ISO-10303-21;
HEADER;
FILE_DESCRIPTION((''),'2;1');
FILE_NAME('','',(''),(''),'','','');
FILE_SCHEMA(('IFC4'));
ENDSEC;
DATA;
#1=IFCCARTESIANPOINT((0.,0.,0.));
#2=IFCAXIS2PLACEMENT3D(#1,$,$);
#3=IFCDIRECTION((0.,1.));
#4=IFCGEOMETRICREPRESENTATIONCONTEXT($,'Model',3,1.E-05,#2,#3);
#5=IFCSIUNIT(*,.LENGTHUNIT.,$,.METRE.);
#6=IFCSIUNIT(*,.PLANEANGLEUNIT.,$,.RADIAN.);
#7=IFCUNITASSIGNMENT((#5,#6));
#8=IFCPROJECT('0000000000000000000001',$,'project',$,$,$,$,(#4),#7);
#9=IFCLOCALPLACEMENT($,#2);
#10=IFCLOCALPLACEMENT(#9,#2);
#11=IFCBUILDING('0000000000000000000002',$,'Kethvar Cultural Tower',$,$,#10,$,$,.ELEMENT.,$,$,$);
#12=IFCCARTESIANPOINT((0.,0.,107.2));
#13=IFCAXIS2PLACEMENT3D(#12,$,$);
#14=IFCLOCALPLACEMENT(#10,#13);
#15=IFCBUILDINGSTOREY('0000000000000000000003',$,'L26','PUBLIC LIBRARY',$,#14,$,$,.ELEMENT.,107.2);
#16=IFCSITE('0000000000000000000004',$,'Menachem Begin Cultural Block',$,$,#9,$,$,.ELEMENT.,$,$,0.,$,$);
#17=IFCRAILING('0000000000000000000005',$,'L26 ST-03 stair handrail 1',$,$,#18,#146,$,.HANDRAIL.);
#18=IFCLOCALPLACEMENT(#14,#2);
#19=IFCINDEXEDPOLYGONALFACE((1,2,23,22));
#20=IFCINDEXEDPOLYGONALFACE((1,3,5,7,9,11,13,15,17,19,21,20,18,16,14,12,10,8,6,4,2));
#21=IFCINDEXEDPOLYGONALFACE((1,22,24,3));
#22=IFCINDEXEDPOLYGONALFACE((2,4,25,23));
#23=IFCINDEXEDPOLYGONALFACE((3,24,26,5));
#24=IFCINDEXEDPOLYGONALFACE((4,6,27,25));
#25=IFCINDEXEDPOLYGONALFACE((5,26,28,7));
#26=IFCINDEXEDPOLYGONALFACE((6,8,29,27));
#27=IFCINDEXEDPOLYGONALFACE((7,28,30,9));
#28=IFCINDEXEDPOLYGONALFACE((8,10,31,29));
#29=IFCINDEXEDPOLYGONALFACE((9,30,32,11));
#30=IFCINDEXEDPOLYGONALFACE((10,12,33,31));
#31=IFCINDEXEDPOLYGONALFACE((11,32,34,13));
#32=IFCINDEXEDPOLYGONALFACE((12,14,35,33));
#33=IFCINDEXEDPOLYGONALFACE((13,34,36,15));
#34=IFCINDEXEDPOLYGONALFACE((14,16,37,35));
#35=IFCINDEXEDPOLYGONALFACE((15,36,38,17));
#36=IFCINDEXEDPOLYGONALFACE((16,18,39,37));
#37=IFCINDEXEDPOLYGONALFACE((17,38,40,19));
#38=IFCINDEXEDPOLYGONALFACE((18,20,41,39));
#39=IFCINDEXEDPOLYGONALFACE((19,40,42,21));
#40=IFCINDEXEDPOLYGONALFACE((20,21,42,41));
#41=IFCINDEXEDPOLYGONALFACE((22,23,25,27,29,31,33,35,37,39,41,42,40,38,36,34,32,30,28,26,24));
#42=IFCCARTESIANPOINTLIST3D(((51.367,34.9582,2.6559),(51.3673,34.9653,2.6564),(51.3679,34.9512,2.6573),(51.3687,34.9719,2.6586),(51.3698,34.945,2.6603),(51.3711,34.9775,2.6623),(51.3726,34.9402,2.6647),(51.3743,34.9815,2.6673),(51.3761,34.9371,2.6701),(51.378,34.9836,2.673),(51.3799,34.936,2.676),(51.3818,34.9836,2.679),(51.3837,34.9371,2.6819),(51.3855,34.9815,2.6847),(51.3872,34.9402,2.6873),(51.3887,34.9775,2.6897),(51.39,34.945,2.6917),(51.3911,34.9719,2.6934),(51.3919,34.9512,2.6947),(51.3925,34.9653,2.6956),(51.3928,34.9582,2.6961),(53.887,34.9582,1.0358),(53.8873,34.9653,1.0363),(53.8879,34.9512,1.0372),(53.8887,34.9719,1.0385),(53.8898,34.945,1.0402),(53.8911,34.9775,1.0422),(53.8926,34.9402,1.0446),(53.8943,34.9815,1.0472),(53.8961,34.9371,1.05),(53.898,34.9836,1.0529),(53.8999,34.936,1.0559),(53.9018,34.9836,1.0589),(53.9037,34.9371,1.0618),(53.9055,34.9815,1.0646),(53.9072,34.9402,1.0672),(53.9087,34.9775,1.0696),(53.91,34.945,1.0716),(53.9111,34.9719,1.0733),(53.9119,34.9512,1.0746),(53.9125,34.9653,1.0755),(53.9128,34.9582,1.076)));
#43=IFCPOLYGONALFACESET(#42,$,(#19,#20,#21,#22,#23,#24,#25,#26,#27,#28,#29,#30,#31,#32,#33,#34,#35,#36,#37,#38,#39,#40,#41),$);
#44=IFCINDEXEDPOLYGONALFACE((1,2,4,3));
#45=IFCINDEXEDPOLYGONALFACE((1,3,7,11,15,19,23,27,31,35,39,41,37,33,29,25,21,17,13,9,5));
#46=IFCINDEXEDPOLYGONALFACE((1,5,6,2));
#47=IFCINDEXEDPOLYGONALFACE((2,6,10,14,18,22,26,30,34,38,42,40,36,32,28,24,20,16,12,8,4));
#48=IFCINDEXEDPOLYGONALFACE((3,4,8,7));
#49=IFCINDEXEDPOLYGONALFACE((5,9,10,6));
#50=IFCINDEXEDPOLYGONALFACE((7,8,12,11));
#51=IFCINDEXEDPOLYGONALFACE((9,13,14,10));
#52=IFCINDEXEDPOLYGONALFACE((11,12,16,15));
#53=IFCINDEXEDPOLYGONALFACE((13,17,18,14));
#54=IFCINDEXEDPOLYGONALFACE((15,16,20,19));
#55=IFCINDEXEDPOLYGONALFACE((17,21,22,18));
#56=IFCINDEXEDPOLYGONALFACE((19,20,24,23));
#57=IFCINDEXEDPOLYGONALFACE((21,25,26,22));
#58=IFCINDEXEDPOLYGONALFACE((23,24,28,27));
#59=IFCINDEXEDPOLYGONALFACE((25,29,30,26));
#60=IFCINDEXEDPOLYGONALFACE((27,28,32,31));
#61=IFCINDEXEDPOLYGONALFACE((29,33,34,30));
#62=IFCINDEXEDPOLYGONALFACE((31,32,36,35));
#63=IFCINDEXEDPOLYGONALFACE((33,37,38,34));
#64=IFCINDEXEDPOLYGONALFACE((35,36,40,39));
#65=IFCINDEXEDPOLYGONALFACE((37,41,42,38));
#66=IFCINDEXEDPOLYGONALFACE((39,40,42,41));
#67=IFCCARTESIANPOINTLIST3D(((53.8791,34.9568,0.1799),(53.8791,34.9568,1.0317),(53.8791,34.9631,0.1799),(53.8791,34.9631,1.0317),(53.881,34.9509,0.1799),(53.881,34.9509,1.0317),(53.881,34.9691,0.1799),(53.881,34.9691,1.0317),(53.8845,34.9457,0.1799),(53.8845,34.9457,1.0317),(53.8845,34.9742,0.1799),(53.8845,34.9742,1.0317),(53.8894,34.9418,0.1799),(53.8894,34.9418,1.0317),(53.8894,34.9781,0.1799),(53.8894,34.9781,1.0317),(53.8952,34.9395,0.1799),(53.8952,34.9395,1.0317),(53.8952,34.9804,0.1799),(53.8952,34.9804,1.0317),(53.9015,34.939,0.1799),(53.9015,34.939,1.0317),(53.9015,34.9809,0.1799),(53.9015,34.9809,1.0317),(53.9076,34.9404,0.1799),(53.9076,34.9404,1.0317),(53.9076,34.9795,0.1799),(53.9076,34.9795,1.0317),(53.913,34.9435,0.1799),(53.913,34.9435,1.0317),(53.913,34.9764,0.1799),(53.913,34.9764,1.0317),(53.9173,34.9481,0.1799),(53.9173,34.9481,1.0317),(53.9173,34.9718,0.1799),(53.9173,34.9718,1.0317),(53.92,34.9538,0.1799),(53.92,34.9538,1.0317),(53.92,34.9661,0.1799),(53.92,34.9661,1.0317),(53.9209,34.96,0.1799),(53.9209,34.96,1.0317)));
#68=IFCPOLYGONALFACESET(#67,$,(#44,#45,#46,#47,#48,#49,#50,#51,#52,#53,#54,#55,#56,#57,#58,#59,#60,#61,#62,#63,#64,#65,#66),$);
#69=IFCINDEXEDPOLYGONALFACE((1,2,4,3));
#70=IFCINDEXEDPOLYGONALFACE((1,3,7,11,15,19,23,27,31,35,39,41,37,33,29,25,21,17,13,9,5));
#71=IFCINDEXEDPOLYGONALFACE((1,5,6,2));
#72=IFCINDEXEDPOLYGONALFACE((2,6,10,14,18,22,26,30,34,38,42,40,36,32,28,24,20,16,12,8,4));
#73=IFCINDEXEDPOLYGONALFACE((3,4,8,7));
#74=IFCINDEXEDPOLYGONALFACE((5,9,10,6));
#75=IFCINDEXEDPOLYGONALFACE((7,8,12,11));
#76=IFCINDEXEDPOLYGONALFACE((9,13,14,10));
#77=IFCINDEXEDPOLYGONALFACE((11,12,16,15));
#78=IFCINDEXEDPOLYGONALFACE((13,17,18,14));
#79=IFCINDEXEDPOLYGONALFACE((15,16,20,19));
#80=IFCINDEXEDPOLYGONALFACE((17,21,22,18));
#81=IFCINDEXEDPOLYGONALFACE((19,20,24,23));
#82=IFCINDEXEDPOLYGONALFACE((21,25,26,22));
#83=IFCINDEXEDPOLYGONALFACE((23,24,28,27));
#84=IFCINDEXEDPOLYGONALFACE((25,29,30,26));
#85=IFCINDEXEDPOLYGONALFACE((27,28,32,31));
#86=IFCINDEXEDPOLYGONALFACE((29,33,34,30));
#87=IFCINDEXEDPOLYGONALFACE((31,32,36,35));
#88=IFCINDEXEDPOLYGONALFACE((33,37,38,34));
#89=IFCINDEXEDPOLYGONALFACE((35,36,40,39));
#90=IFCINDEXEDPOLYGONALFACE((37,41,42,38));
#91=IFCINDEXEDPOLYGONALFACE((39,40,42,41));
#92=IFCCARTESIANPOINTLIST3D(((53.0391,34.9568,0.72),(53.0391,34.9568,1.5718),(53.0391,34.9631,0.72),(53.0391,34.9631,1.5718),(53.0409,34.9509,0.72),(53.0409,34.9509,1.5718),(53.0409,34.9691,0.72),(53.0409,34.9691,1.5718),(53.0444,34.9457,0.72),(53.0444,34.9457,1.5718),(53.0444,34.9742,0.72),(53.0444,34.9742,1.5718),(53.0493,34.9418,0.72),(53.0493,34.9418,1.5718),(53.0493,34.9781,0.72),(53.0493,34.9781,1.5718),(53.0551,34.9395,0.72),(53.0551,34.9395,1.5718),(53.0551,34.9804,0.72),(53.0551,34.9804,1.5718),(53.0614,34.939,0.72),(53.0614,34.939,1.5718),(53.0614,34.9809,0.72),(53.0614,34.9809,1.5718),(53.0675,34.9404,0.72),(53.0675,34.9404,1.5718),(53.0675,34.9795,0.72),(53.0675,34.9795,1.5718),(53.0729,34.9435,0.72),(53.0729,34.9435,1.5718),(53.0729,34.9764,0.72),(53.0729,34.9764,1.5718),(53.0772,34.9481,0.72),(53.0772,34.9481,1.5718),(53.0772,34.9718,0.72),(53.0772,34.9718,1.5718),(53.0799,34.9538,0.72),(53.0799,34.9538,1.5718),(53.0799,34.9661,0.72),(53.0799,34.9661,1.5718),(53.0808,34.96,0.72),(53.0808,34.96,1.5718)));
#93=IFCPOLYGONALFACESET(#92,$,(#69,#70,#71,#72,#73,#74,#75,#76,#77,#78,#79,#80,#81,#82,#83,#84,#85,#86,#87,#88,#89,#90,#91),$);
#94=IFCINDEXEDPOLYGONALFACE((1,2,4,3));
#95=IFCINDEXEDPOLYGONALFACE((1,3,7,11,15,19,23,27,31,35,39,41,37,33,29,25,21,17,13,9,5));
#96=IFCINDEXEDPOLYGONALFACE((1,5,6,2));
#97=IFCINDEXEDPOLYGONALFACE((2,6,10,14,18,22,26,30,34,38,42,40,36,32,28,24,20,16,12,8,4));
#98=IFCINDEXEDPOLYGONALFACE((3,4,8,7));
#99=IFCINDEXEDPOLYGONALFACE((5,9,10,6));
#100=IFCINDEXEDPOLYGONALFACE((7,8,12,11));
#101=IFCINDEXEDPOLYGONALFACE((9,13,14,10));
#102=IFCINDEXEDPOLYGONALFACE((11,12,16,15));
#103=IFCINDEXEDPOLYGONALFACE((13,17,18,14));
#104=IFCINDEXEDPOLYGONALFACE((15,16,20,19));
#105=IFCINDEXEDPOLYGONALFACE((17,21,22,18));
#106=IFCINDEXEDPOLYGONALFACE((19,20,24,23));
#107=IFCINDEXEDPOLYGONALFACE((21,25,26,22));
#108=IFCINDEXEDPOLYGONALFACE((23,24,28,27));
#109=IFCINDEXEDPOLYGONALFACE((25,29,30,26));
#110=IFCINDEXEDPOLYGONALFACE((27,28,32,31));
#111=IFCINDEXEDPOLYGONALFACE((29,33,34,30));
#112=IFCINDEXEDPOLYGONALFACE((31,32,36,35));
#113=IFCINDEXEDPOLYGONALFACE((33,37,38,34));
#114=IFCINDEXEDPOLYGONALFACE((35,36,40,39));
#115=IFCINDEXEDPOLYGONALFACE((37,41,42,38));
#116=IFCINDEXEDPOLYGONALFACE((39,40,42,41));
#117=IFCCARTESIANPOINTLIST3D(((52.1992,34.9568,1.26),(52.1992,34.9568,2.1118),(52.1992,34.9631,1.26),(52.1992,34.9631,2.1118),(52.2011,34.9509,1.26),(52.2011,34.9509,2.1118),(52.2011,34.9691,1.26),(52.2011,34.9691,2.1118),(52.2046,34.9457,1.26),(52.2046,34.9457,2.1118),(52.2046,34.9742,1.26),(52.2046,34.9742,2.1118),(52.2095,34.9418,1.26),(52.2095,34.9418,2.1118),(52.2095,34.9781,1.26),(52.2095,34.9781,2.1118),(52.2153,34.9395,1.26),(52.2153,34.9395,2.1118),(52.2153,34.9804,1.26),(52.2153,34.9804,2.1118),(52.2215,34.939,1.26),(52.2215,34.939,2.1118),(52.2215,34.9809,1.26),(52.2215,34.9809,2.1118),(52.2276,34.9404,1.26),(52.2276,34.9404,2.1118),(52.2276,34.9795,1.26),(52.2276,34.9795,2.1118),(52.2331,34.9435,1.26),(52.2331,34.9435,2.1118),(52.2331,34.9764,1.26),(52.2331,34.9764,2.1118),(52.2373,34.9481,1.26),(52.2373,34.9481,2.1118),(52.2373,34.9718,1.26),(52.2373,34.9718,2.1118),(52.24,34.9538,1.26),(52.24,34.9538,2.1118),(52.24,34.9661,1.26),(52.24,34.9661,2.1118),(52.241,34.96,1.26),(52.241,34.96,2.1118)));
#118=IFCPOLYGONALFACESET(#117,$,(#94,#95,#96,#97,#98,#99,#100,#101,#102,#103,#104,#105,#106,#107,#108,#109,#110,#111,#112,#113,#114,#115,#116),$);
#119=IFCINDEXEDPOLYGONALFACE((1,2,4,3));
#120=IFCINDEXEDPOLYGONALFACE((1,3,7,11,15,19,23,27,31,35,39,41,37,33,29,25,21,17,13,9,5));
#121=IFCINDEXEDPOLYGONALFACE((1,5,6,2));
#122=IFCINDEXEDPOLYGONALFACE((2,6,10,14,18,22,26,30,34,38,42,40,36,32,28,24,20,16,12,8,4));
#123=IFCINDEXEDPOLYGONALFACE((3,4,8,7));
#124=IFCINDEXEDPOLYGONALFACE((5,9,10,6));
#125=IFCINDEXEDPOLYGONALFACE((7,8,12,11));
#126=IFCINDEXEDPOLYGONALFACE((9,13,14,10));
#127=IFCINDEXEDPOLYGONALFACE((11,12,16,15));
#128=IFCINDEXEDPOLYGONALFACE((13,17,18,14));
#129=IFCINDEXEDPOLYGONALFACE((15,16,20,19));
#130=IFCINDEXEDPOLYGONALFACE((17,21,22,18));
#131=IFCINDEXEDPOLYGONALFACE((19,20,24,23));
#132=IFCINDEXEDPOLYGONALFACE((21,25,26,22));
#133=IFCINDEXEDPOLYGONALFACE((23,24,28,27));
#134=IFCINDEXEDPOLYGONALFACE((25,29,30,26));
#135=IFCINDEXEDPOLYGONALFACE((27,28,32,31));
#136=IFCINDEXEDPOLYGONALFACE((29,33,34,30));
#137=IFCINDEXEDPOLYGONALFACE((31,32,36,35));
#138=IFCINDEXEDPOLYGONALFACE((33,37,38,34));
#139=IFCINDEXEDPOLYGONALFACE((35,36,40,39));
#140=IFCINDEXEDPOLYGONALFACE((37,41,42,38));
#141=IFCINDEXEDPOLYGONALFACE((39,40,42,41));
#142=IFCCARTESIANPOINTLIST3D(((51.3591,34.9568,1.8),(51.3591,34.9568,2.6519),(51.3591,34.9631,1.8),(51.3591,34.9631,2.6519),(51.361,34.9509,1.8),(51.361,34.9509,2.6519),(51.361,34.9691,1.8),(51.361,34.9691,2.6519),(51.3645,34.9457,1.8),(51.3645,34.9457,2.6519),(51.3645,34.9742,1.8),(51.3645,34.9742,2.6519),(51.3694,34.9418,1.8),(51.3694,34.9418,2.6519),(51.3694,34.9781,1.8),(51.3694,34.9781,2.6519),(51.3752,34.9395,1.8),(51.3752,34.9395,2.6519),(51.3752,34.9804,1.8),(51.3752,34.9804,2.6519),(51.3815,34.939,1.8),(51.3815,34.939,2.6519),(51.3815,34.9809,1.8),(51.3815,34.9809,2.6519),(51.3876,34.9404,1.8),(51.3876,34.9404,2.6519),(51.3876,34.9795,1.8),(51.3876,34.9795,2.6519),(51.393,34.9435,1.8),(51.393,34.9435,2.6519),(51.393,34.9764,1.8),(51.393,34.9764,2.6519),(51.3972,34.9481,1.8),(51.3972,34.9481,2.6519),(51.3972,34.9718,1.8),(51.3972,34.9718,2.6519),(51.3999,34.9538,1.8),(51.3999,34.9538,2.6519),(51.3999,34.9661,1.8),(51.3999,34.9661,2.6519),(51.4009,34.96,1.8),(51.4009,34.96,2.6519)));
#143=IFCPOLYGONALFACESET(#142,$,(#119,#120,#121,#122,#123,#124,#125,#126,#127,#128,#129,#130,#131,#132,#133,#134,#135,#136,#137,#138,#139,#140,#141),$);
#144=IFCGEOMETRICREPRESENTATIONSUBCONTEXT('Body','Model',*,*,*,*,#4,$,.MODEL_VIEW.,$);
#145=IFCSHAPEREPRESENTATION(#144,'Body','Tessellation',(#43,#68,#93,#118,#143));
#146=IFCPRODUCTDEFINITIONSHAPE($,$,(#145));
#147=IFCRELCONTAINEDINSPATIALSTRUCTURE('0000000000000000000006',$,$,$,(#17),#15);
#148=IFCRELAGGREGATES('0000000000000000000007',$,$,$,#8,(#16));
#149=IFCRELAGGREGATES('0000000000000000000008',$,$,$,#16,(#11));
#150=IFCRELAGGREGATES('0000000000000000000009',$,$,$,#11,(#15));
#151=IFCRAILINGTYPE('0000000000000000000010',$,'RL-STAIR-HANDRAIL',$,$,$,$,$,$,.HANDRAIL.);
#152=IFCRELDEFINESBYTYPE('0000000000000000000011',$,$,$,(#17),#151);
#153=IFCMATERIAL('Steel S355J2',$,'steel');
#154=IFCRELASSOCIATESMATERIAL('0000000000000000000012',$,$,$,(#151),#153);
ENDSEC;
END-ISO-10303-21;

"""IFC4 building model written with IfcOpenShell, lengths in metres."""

from ifc_helpers import new_model, si_unit, direction, frame, origin, origin_2d, place, context, subcontext, project, spatial, circle, extrude, material, type_object, element, save


model = new_model("IFC4")

# Units and contexts
model_context = context("Model", 3, precision=1e-05, world=origin(), true_north=direction((0.0, 1.0)))
body_context = subcontext(model_context, "Body", "Model", "MODEL_VIEW")
ifc_project = project(units=[si_unit("LENGTHUNIT", "METRE"), si_unit("PLANEANGLEUNIT", "RADIAN")], contexts=[model_context])

# Site, building, storey
site_placement = place(None, origin())
site = spatial("IfcSite", under=ifc_project, at=site_placement, Name="Menachem Begin Cultural Block", CompositionType="ELEMENT", RefElevation=0.0)
building_placement = place(site_placement, origin())
building = spatial("IfcBuilding", under=site, at=building_placement, Name="Kethvar Cultural Tower", CompositionType="ELEMENT")
storey_placement = place(building_placement, frame((0.0, 0.0, 107.2)))
storey = spatial("IfcBuildingStorey", under=building, at=storey_placement, Name="L26", Description="PUBLIC LIBRARY", CompositionType="ELEMENT", Elevation=107.2)

# Shared definitions
ifc_material_1 = material(Name="Steel S355J2", Category="steel")

# Railing
railing_type_1 = type_object("IfcRailingType", Name="RL-STAIR-HANDRAIL", PredefinedType="HANDRAIL", material=ifc_material_1)
railing_1_placement = place(storey_placement, frame((53.8999, 34.96, 0.1799)))
element("IfcRailing", 1, at=railing_1_placement, inside=storey, type_object=railing_type_1, Name="L26 ST-03 stair handrail 1", PredefinedType="HANDRAIL", context=body_context, shape_type="SweptSolid", body=[
    extrude(circle(Radius=0.0239, at=origin_2d()), frame((0.0, 0.0, 0.876), z_axis=(-0.841163, 0.0, 0.540782), x_axis=(0.0, -1.0, 0.0)), (0.0, 0.0, 1.0), 2.9958),
    extrude(circle(Radius=0.021, at=origin_2d()), origin(), (0.0, 0.0, 1.0), 0.8518),
    extrude(circle(Radius=0.021, at=origin_2d()), frame((-0.8401, 0.0, 0.54)), (0.0, 0.0, 1.0), 0.8518),
    extrude(circle(Radius=0.021, at=origin_2d()), frame((-1.6799, 0.0, 1.0801)), (0.0, 0.0, 1.0), 0.8518),
    extrude(circle(Radius=0.021, at=origin_2d()), frame((-2.52, 0.0, 1.6201)), (0.0, 0.0, 1.0), 0.8518),
])

save(model, "model.ifc")
